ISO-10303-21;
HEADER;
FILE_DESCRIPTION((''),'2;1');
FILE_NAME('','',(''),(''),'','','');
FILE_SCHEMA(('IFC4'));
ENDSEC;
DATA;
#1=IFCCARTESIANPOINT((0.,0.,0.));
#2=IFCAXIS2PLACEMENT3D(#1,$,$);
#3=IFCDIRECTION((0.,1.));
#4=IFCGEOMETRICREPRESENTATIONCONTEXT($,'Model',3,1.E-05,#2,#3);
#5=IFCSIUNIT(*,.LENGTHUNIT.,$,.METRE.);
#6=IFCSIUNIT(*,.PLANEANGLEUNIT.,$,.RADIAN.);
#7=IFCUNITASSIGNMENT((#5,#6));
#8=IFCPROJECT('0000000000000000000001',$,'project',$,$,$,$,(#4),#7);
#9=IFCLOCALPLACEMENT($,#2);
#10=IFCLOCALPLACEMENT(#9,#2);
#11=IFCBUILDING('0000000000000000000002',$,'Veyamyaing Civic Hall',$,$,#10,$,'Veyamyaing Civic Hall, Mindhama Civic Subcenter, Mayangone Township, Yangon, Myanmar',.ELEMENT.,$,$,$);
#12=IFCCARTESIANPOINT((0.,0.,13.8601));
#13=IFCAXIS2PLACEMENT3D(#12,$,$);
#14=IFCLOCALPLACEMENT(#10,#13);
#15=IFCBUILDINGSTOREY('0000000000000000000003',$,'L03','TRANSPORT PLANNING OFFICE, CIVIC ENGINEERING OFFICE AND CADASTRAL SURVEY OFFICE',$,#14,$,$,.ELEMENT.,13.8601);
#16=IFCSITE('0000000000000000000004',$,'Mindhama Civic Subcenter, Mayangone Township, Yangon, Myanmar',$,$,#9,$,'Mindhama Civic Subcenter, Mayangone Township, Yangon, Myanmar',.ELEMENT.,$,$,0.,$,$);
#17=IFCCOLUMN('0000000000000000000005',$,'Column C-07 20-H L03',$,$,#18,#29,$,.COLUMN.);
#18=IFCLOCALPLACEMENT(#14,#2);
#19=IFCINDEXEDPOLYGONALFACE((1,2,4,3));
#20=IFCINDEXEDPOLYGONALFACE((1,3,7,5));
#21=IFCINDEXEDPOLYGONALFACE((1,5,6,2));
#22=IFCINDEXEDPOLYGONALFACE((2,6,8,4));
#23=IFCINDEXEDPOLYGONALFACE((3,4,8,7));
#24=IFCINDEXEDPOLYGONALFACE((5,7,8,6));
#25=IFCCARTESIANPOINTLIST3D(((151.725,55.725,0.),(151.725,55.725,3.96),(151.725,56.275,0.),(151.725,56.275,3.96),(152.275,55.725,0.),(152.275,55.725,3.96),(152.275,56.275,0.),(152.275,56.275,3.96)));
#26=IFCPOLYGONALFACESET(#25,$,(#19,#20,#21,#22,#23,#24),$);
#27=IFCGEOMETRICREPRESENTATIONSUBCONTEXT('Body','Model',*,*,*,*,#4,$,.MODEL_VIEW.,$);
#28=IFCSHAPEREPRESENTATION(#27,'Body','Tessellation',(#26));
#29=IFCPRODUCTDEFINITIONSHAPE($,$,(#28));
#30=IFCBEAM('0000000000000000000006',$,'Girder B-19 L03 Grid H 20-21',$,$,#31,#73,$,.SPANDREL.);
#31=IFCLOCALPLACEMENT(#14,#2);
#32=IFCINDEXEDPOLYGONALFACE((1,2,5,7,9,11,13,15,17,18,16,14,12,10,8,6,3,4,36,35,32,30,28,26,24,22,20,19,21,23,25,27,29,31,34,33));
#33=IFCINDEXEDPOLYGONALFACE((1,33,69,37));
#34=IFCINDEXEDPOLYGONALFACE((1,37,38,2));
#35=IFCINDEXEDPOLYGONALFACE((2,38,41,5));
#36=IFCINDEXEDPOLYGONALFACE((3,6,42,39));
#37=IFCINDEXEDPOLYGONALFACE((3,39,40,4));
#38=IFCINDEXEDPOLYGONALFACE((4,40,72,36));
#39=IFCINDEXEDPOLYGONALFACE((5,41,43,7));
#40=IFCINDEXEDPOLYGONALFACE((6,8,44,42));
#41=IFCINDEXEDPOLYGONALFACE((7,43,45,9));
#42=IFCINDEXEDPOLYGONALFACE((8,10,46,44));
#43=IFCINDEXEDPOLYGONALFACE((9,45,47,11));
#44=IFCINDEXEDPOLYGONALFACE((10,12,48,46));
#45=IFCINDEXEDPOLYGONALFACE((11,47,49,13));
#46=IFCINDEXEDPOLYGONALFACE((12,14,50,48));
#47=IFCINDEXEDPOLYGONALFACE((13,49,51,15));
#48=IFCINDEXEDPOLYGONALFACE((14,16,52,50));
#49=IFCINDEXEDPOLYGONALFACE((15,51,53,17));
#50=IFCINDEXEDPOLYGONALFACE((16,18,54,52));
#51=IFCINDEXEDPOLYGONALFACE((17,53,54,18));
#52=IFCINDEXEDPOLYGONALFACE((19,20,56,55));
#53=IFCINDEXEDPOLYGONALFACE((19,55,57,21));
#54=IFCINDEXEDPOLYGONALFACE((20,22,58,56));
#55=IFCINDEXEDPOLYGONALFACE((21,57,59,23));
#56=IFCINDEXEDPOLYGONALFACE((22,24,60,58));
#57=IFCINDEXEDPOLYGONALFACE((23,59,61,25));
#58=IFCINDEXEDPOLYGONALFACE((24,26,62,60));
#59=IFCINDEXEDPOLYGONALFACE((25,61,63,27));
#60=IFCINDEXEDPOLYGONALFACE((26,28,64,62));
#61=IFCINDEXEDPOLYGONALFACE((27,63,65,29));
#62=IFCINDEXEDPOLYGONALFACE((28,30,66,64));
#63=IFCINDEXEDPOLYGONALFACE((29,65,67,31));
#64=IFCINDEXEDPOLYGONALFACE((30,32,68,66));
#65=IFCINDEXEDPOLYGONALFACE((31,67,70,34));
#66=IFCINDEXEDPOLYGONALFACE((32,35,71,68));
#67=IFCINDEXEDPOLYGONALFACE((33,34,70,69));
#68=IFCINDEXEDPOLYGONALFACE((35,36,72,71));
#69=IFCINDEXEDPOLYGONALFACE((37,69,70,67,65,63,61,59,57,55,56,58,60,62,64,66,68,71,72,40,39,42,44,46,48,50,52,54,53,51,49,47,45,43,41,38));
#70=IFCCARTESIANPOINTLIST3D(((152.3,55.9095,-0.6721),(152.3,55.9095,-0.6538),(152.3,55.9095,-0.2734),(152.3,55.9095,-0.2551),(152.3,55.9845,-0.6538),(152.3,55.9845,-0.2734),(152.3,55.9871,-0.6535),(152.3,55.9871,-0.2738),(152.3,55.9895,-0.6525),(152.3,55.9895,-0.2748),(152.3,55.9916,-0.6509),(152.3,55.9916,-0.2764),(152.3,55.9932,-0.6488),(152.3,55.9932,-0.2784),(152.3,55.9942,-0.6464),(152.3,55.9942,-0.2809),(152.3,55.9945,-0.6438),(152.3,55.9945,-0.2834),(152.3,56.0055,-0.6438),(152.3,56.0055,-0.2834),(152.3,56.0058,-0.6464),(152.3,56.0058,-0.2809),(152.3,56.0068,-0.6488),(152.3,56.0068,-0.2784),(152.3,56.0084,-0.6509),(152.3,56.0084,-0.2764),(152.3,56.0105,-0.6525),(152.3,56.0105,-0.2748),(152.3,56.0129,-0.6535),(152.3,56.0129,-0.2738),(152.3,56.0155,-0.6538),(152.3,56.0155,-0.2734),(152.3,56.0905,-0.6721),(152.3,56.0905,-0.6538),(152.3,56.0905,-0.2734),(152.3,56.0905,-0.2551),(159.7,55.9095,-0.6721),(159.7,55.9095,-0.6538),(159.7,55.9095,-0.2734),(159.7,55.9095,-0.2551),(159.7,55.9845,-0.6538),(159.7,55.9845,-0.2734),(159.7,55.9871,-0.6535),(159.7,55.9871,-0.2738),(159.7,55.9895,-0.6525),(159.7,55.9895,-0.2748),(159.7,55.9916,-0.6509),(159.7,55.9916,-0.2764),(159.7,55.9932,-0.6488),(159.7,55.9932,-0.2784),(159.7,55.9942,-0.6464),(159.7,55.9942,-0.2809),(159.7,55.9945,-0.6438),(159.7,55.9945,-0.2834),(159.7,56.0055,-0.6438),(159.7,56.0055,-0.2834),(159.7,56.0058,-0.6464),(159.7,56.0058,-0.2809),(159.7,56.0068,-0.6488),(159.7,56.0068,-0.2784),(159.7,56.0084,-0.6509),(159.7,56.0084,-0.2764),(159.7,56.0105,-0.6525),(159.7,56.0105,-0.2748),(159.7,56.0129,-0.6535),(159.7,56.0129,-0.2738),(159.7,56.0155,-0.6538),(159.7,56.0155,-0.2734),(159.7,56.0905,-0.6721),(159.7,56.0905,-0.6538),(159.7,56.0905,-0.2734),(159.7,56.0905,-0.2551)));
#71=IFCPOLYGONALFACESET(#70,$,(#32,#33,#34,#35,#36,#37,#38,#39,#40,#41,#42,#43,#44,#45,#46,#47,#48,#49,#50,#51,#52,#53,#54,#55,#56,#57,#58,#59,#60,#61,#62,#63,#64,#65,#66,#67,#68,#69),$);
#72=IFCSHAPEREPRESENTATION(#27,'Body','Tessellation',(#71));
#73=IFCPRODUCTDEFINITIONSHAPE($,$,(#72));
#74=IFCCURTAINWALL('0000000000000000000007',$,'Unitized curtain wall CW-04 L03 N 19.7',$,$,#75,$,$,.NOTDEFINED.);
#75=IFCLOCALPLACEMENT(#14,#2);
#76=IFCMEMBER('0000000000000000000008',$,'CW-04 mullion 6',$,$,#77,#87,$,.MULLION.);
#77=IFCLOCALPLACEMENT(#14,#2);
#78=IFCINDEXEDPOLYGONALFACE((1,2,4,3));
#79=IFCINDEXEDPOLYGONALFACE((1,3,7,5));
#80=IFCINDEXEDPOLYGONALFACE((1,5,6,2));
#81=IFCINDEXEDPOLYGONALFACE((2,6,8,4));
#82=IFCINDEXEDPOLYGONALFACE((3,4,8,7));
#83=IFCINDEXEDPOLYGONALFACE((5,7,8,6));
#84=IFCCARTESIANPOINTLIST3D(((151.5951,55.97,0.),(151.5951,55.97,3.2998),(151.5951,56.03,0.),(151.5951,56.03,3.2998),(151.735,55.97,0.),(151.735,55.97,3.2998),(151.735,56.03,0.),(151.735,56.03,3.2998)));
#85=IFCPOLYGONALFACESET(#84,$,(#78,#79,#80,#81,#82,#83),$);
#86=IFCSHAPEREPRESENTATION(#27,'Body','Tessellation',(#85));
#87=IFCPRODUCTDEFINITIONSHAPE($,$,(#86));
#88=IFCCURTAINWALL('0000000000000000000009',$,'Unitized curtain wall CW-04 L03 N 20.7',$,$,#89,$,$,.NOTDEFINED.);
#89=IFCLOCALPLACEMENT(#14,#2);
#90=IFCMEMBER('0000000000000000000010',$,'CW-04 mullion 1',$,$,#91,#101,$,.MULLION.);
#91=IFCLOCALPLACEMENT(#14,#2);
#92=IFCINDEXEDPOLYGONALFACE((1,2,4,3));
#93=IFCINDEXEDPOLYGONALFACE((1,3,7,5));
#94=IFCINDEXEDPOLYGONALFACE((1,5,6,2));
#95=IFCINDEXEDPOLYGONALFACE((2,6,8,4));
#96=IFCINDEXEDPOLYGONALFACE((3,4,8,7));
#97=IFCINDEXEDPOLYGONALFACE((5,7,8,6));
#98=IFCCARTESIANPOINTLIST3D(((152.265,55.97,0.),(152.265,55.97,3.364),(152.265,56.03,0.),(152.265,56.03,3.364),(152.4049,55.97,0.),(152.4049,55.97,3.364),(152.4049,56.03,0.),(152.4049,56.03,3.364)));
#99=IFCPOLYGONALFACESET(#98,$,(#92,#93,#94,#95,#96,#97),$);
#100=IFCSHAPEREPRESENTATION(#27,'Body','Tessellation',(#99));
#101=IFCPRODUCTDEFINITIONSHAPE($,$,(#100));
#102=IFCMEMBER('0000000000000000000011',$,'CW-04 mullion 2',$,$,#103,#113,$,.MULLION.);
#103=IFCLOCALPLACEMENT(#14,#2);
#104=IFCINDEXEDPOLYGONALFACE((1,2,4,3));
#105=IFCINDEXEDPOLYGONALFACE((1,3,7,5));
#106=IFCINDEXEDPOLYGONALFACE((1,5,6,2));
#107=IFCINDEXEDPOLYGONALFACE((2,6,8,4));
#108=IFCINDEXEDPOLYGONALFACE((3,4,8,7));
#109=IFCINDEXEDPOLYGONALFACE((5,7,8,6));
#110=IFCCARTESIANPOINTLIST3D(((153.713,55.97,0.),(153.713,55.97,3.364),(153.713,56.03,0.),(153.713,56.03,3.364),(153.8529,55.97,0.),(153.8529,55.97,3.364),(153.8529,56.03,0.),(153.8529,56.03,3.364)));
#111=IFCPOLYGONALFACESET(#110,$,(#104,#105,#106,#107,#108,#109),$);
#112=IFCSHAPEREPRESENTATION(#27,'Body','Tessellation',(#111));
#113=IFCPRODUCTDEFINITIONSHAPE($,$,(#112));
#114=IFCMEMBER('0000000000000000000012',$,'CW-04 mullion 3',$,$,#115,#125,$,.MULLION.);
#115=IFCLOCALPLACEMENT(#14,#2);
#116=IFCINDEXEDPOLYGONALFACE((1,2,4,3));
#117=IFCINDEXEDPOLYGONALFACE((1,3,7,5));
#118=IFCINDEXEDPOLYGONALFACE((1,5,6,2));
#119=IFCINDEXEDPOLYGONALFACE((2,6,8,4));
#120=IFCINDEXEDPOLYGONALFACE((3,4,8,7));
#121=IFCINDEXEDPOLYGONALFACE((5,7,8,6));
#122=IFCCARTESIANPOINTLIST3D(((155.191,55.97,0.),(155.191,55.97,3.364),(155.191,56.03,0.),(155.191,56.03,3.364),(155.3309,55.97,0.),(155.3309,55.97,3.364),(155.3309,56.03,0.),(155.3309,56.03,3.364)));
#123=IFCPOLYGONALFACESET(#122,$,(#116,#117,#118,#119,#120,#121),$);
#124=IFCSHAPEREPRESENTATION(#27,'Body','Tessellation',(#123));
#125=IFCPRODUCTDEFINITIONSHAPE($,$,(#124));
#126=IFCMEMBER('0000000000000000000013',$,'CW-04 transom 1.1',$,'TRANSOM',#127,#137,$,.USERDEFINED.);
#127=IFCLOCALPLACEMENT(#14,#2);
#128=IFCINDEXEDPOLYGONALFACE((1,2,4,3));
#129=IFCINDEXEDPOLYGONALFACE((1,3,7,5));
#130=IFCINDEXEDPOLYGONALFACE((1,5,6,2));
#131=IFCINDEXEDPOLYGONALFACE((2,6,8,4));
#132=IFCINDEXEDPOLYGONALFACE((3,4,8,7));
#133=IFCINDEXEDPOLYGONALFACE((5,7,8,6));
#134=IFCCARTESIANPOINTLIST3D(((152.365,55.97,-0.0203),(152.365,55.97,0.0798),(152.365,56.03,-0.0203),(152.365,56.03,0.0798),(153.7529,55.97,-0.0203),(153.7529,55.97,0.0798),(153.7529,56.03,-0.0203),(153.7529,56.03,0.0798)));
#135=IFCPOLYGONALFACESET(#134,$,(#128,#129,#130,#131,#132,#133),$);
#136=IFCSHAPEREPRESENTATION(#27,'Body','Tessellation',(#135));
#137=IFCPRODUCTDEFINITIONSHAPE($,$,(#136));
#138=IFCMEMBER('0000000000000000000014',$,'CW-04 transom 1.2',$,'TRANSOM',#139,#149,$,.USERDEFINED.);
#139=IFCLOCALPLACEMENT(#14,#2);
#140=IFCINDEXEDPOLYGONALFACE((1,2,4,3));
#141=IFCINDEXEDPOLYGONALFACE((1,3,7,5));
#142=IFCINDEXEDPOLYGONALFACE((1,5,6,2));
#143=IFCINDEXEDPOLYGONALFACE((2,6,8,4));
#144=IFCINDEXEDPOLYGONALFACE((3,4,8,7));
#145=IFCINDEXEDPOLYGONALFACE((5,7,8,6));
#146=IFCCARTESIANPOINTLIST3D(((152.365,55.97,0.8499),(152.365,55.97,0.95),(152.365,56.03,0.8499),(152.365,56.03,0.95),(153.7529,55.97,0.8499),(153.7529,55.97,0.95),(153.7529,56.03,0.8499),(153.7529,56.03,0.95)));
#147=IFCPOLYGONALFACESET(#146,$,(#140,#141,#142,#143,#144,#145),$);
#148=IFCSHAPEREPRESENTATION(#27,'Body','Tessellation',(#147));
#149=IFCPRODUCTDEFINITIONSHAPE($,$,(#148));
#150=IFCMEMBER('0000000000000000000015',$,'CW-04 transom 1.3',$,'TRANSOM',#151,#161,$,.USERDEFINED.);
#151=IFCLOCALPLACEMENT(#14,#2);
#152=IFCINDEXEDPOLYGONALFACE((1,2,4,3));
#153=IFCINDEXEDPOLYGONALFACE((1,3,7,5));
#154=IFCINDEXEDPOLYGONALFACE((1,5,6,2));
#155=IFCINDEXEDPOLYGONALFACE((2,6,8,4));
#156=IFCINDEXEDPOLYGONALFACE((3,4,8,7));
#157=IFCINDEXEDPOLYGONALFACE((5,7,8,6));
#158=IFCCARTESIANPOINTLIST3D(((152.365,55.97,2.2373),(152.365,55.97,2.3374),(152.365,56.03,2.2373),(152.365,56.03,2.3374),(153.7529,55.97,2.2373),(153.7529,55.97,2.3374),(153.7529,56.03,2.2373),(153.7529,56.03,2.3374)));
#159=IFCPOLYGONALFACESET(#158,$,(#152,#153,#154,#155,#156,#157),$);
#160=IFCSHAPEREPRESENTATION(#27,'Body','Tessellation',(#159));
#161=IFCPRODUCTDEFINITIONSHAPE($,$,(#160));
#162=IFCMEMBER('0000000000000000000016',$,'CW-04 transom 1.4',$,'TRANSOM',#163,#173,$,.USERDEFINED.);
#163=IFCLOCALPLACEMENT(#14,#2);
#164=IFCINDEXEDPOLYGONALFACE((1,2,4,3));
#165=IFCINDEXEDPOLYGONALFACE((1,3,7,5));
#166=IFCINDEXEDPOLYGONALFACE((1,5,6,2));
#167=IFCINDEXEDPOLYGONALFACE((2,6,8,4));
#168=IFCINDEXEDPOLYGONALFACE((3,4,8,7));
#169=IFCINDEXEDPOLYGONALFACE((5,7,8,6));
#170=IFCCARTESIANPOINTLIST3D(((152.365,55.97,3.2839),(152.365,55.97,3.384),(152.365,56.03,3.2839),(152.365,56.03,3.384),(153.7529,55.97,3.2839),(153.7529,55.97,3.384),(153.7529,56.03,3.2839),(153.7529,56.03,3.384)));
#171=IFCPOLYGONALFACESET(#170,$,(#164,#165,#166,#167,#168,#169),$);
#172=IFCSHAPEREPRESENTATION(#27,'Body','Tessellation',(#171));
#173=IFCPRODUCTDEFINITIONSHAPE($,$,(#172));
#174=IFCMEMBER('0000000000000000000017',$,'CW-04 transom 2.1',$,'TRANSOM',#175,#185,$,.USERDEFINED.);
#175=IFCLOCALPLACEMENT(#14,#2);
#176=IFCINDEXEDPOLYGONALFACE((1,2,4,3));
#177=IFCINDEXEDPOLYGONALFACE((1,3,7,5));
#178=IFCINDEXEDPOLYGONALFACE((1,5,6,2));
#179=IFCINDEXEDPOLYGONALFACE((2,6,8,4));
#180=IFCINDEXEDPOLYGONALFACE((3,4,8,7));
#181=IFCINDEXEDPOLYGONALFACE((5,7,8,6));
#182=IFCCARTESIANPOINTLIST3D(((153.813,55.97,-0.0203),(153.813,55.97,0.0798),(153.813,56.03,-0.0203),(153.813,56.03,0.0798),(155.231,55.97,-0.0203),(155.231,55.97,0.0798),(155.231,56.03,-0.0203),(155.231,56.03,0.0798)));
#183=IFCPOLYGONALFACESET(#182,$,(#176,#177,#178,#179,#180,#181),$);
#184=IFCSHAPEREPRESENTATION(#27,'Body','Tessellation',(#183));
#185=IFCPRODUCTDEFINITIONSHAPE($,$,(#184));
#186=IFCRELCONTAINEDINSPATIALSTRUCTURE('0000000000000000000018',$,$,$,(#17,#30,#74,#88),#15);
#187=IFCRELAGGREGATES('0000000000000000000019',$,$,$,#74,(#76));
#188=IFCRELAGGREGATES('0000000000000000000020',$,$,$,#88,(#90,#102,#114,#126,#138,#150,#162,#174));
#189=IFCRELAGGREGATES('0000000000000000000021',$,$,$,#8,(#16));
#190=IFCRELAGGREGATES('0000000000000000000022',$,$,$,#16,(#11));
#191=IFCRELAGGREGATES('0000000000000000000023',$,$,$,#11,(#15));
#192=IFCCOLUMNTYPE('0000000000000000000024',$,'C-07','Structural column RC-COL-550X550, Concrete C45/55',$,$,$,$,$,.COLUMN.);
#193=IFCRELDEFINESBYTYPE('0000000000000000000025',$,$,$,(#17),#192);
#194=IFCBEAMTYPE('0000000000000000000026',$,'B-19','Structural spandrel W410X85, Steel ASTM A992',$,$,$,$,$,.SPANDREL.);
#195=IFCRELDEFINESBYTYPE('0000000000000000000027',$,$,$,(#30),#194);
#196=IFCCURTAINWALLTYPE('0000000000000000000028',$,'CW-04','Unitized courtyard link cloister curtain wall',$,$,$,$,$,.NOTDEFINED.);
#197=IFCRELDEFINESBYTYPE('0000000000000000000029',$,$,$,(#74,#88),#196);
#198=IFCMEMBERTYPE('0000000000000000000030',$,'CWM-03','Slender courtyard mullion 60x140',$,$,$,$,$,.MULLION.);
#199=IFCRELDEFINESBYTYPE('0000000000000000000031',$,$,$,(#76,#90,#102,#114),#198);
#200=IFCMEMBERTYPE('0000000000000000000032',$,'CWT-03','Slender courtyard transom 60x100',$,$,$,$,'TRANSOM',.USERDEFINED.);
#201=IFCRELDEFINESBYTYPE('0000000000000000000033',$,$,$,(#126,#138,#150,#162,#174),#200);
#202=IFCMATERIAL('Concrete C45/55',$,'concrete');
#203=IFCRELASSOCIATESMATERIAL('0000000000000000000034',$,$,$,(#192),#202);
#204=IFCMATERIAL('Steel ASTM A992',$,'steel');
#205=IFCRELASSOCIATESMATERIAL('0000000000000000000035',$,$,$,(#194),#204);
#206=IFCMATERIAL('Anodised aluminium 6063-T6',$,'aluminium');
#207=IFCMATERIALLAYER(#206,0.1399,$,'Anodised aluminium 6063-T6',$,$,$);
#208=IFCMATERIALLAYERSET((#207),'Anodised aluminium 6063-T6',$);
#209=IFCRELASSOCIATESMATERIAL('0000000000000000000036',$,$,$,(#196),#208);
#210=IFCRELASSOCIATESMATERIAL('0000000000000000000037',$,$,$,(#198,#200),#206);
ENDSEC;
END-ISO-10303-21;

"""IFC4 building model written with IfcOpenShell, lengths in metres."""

from ifc_helpers import new_model, si_unit, direction, frame, origin, origin_2d, place, context, subcontext, project, spatial, rectangle, i_section, extrude, material, layer, layer_set, material_profile, profile_set, type_object, element, aggregate, save


model = new_model("IFC4")

# Units and contexts
model_context = context("Model", 3, precision=1e-05, world=origin(), true_north=direction((0.0, 1.0)))
body_context = subcontext(model_context, "Body", "Model", "MODEL_VIEW")
ifc_project = project(units=[si_unit("LENGTHUNIT", "METRE"), si_unit("PLANEANGLEUNIT", "RADIAN")], contexts=[model_context])

# Site, building, storey
site_placement = place(None, origin())
site = spatial("IfcSite", under=ifc_project, at=site_placement, Name="Mindhama Civic Subcenter, Mayangone Township, Yangon, Myanmar", LongName="Mindhama Civic Subcenter, Mayangone Township, Yangon, Myanmar", CompositionType="ELEMENT", RefElevation=0.0)
building_placement = place(site_placement, origin())
building = spatial("IfcBuilding", under=site, at=building_placement, Name="Veyamyaing Civic Hall", LongName="Veyamyaing Civic Hall, Mindhama Civic Subcenter, Mayangone Township, Yangon, Myanmar", CompositionType="ELEMENT")
storey_placement = place(building_placement, frame((0.0, 0.0, 13.8601)))
storey = spatial("IfcBuildingStorey", under=building, at=storey_placement, Name="L03", Description="TRANSPORT PLANNING OFFICE, CIVIC ENGINEERING OFFICE AND CADASTRAL SURVEY OFFICE", CompositionType="ELEMENT", Elevation=13.8601)

# Column
ifc_material_1 = material(Name="Concrete C45/55", Category="concrete")
ifc_material_profile_1 = material_profile(ifc_material_1, rectangle(XDim=0.55, YDim=0.55, at=origin_2d()), Name="RC-COL-550X550")
ifc_profile_set_1 = profile_set([ifc_material_profile_1], Name="Concrete C45/55")
column_type = type_object("IfcColumnType", Name="C-07", Description="Structural column RC-COL-550X550, Concrete C45/55", PredefinedType="COLUMN", material=ifc_profile_set_1)
column_placement = place(storey_placement, frame((152.0, 56.0, 0.0), z_axis=(0.0, 0.0, 1.0), x_axis=(1.0, 0.0, 0.0)))
element("IfcColumn", 1, at=column_placement, inside=storey, type_object=column_type, Name="Column C-07 20-H L03", PredefinedType="COLUMN", context=body_context, shape_type="SweptSolid", body=[
    extrude(rectangle(XDim=0.55, YDim=0.55, at=origin_2d()), origin(), (0.0, 0.0, 1.0), 3.96),
])

# Beam
ifc_material_2 = material(Name="Steel ASTM A992", Category="steel")
ifc_material_profile_2 = material_profile(ifc_material_2, i_section(OverallWidth=0.1809, OverallDepth=0.417, WebThickness=0.011, FlangeThickness=0.0183, FilletRadius=0.01, at=origin_2d()), Name="W410X85")
ifc_profile_set_2 = profile_set([ifc_material_profile_2], Name="Steel ASTM A992")
beam_type_1 = type_object("IfcBeamType", Name="B-19", Description="Structural spandrel W410X85, Steel ASTM A992", PredefinedType="SPANDREL", material=ifc_profile_set_2)
beam_1_placement = place(storey_placement, frame((152.3, 56.0, -0.4636), z_axis=(1.0, 0.0, 0.0), x_axis=(0.0, 1.0, 0.0)))
element("IfcBeam", 2, at=beam_1_placement, inside=storey, type_object=beam_type_1, Name="Girder B-19 L03 Grid H 20-21", PredefinedType="SPANDREL", context=body_context, shape_type="SweptSolid", body=[
    extrude(i_section(OverallWidth=0.1809, OverallDepth=0.417, WebThickness=0.011, FlangeThickness=0.0183, FilletRadius=0.01, at=origin_2d()), origin(), (0.0, 0.0, 1.0), 7.3999),
])

# Curtain wall, member
ifc_material_3 = material(Name="Anodised aluminium 6063-T6", Category="aluminium")
ifc_layer_1 = layer(ifc_material_3, 0.1399, Name="Anodised aluminium 6063-T6")
ifc_layer_set_1 = layer_set([ifc_layer_1], Name="Anodised aluminium 6063-T6")
curtain_wall_type = type_object("IfcCurtainWallType", Name="CW-04", Description="Unitized courtyard link cloister curtain wall", PredefinedType="NOTDEFINED", material=ifc_layer_set_1)
curtain_wall_1_placement = place(storey_placement, origin())
curtain_wall_1 = element("IfcCurtainWall", 3, at=curtain_wall_1_placement, inside=storey, type_object=curtain_wall_type, Name="Unitized curtain wall CW-04 L03 N 19.7", PredefinedType="NOTDEFINED")
ifc_material_profile_3 = material_profile(ifc_material_3, rectangle(XDim=0.0601, YDim=0.1399, at=origin_2d()), Name="ALU-MUL-60X140")
ifc_profile_set_3 = profile_set([ifc_material_profile_3], Name="Anodised aluminium 6063-T6")
member_type_1 = type_object("IfcMemberType", Name="CWM-03", Description="Slender courtyard mullion 60x140", PredefinedType="MULLION", material=ifc_profile_set_3)
member_1_placement = place(storey_placement, frame((151.665, 56.0, 0.0), z_axis=(0.0, 0.0, 1.0), x_axis=(0.0, 1.0, 0.0)))
member_1 = element("IfcMember", 4, at=member_1_placement, type_object=member_type_1, Name="CW-04 mullion 6", PredefinedType="MULLION", context=body_context, shape_type="SweptSolid", body=[
    extrude(rectangle(XDim=0.0601, YDim=0.1399, at=origin_2d()), origin(), (0.0, 0.0, 1.0), 3.2998),
])

# Curtain wall, members
curtain_wall_2_placement = place(storey_placement, origin())
curtain_wall_2 = element("IfcCurtainWall", 5, at=curtain_wall_2_placement, inside=storey, type_object=curtain_wall_type, Name="Unitized curtain wall CW-04 L03 N 20.7", PredefinedType="NOTDEFINED")
member_2_placement = place(storey_placement, frame((152.335, 56.0, 0.0), z_axis=(0.0, 0.0, 1.0), x_axis=(0.0, 1.0, 0.0)))
member_2 = element("IfcMember", 6, at=member_2_placement, type_object=member_type_1, Name="CW-04 mullion 1", PredefinedType="MULLION", context=body_context, shape_type="SweptSolid", body=[
    extrude(rectangle(XDim=0.0601, YDim=0.1399, at=origin_2d()), origin(), (0.0, 0.0, 1.0), 3.364),
])
member_3_placement = place(storey_placement, frame((153.783, 56.0, 0.0), z_axis=(0.0, 0.0, 1.0), x_axis=(0.0, 1.0, 0.0)))
member_3 = element("IfcMember", 7, at=member_3_placement, type_object=member_type_1, Name="CW-04 mullion 2", PredefinedType="MULLION", context=body_context, shape_type="SweptSolid", body=[
    extrude(rectangle(XDim=0.0601, YDim=0.1399, at=origin_2d()), origin(), (0.0, 0.0, 1.0), 3.364),
])
member_4_placement = place(storey_placement, frame((155.261, 56.0, 0.0), z_axis=(0.0, 0.0, 1.0), x_axis=(0.0, 1.0, 0.0)))
member_4 = element("IfcMember", 8, at=member_4_placement, type_object=member_type_1, Name="CW-04 mullion 3", PredefinedType="MULLION", context=body_context, shape_type="SweptSolid", body=[
    extrude(rectangle(XDim=0.0601, YDim=0.1399, at=origin_2d()), origin(), (0.0, 0.0, 1.0), 3.364),
])
ifc_material_profile_4 = material_profile(ifc_material_3, rectangle(XDim=0.0601, YDim=0.1001, at=origin_2d()), Name="ALU-TRN-60X100")
ifc_profile_set_4 = profile_set([ifc_material_profile_4], Name="Anodised aluminium 6063-T6")
member_type_2 = type_object("IfcMemberType", Name="CWT-03", Description="Slender courtyard transom 60x100", ElementType="TRANSOM", PredefinedType="USERDEFINED", material=ifc_profile_set_4)
member_5_placement = place(storey_placement, frame((152.365, 56.0, 0.0298), z_axis=(1.0, 0.0, 0.0), x_axis=(0.0, 1.0, 0.0)))
member_5 = element("IfcMember", 9, at=member_5_placement, type_object=member_type_2, Name="CW-04 transom 1.1", ObjectType="TRANSOM", PredefinedType="USERDEFINED", context=body_context, shape_type="SweptSolid", body=[
    extrude(rectangle(XDim=0.0601, YDim=0.1001, at=origin_2d()), origin(), (0.0, 0.0, 1.0), 1.3879),
])
member_6_placement = place(storey_placement, frame((152.365, 56.0, 0.8999), z_axis=(1.0, 0.0, 0.0), x_axis=(0.0, 1.0, 0.0)))
member_6 = element("IfcMember", 10, at=member_6_placement, type_object=member_type_2, Name="CW-04 transom 1.2", ObjectType="TRANSOM", PredefinedType="USERDEFINED", context=body_context, shape_type="SweptSolid", body=[
    extrude(rectangle(XDim=0.0601, YDim=0.1001, at=origin_2d()), origin(), (0.0, 0.0, 1.0), 1.3879),
])
member_7_placement = place(storey_placement, frame((152.365, 56.0, 2.2874), z_axis=(1.0, 0.0, 0.0), x_axis=(0.0, 1.0, 0.0)))
member_7 = element("IfcMember", 11, at=member_7_placement, type_object=member_type_2, Name="CW-04 transom 1.3", ObjectType="TRANSOM", PredefinedType="USERDEFINED", context=body_context, shape_type="SweptSolid", body=[
    extrude(rectangle(XDim=0.0601, YDim=0.1001, at=origin_2d()), origin(), (0.0, 0.0, 1.0), 1.3879),
])
member_8_placement = place(storey_placement, frame((152.365, 56.0, 3.334), z_axis=(1.0, 0.0, 0.0), x_axis=(0.0, 1.0, 0.0)))
member_8 = element("IfcMember", 12, at=member_8_placement, type_object=member_type_2, Name="CW-04 transom 1.4", ObjectType="TRANSOM", PredefinedType="USERDEFINED", context=body_context, shape_type="SweptSolid", body=[
    extrude(rectangle(XDim=0.0601, YDim=0.1001, at=origin_2d()), origin(), (0.0, 0.0, 1.0), 1.3879),
])
member_9_placement = place(storey_placement, frame((153.813, 56.0, 0.0298), z_axis=(1.0, 0.0, 0.0), x_axis=(0.0, 1.0, 0.0)))
member_9 = element("IfcMember", 13, at=member_9_placement, type_object=member_type_2, Name="CW-04 transom 2.1", ObjectType="TRANSOM", PredefinedType="USERDEFINED", context=body_context, shape_type="SweptSolid", body=[
    extrude(rectangle(XDim=0.0601, YDim=0.1001, at=origin_2d()), origin(), (0.0, 0.0, 1.0), 1.418),
])

aggregate(curtain_wall_1, [member_1])
aggregate(curtain_wall_2, [member_2, member_3, member_4, member_5, member_6, member_7, member_8, member_9])

save(model, "model.ifc")
